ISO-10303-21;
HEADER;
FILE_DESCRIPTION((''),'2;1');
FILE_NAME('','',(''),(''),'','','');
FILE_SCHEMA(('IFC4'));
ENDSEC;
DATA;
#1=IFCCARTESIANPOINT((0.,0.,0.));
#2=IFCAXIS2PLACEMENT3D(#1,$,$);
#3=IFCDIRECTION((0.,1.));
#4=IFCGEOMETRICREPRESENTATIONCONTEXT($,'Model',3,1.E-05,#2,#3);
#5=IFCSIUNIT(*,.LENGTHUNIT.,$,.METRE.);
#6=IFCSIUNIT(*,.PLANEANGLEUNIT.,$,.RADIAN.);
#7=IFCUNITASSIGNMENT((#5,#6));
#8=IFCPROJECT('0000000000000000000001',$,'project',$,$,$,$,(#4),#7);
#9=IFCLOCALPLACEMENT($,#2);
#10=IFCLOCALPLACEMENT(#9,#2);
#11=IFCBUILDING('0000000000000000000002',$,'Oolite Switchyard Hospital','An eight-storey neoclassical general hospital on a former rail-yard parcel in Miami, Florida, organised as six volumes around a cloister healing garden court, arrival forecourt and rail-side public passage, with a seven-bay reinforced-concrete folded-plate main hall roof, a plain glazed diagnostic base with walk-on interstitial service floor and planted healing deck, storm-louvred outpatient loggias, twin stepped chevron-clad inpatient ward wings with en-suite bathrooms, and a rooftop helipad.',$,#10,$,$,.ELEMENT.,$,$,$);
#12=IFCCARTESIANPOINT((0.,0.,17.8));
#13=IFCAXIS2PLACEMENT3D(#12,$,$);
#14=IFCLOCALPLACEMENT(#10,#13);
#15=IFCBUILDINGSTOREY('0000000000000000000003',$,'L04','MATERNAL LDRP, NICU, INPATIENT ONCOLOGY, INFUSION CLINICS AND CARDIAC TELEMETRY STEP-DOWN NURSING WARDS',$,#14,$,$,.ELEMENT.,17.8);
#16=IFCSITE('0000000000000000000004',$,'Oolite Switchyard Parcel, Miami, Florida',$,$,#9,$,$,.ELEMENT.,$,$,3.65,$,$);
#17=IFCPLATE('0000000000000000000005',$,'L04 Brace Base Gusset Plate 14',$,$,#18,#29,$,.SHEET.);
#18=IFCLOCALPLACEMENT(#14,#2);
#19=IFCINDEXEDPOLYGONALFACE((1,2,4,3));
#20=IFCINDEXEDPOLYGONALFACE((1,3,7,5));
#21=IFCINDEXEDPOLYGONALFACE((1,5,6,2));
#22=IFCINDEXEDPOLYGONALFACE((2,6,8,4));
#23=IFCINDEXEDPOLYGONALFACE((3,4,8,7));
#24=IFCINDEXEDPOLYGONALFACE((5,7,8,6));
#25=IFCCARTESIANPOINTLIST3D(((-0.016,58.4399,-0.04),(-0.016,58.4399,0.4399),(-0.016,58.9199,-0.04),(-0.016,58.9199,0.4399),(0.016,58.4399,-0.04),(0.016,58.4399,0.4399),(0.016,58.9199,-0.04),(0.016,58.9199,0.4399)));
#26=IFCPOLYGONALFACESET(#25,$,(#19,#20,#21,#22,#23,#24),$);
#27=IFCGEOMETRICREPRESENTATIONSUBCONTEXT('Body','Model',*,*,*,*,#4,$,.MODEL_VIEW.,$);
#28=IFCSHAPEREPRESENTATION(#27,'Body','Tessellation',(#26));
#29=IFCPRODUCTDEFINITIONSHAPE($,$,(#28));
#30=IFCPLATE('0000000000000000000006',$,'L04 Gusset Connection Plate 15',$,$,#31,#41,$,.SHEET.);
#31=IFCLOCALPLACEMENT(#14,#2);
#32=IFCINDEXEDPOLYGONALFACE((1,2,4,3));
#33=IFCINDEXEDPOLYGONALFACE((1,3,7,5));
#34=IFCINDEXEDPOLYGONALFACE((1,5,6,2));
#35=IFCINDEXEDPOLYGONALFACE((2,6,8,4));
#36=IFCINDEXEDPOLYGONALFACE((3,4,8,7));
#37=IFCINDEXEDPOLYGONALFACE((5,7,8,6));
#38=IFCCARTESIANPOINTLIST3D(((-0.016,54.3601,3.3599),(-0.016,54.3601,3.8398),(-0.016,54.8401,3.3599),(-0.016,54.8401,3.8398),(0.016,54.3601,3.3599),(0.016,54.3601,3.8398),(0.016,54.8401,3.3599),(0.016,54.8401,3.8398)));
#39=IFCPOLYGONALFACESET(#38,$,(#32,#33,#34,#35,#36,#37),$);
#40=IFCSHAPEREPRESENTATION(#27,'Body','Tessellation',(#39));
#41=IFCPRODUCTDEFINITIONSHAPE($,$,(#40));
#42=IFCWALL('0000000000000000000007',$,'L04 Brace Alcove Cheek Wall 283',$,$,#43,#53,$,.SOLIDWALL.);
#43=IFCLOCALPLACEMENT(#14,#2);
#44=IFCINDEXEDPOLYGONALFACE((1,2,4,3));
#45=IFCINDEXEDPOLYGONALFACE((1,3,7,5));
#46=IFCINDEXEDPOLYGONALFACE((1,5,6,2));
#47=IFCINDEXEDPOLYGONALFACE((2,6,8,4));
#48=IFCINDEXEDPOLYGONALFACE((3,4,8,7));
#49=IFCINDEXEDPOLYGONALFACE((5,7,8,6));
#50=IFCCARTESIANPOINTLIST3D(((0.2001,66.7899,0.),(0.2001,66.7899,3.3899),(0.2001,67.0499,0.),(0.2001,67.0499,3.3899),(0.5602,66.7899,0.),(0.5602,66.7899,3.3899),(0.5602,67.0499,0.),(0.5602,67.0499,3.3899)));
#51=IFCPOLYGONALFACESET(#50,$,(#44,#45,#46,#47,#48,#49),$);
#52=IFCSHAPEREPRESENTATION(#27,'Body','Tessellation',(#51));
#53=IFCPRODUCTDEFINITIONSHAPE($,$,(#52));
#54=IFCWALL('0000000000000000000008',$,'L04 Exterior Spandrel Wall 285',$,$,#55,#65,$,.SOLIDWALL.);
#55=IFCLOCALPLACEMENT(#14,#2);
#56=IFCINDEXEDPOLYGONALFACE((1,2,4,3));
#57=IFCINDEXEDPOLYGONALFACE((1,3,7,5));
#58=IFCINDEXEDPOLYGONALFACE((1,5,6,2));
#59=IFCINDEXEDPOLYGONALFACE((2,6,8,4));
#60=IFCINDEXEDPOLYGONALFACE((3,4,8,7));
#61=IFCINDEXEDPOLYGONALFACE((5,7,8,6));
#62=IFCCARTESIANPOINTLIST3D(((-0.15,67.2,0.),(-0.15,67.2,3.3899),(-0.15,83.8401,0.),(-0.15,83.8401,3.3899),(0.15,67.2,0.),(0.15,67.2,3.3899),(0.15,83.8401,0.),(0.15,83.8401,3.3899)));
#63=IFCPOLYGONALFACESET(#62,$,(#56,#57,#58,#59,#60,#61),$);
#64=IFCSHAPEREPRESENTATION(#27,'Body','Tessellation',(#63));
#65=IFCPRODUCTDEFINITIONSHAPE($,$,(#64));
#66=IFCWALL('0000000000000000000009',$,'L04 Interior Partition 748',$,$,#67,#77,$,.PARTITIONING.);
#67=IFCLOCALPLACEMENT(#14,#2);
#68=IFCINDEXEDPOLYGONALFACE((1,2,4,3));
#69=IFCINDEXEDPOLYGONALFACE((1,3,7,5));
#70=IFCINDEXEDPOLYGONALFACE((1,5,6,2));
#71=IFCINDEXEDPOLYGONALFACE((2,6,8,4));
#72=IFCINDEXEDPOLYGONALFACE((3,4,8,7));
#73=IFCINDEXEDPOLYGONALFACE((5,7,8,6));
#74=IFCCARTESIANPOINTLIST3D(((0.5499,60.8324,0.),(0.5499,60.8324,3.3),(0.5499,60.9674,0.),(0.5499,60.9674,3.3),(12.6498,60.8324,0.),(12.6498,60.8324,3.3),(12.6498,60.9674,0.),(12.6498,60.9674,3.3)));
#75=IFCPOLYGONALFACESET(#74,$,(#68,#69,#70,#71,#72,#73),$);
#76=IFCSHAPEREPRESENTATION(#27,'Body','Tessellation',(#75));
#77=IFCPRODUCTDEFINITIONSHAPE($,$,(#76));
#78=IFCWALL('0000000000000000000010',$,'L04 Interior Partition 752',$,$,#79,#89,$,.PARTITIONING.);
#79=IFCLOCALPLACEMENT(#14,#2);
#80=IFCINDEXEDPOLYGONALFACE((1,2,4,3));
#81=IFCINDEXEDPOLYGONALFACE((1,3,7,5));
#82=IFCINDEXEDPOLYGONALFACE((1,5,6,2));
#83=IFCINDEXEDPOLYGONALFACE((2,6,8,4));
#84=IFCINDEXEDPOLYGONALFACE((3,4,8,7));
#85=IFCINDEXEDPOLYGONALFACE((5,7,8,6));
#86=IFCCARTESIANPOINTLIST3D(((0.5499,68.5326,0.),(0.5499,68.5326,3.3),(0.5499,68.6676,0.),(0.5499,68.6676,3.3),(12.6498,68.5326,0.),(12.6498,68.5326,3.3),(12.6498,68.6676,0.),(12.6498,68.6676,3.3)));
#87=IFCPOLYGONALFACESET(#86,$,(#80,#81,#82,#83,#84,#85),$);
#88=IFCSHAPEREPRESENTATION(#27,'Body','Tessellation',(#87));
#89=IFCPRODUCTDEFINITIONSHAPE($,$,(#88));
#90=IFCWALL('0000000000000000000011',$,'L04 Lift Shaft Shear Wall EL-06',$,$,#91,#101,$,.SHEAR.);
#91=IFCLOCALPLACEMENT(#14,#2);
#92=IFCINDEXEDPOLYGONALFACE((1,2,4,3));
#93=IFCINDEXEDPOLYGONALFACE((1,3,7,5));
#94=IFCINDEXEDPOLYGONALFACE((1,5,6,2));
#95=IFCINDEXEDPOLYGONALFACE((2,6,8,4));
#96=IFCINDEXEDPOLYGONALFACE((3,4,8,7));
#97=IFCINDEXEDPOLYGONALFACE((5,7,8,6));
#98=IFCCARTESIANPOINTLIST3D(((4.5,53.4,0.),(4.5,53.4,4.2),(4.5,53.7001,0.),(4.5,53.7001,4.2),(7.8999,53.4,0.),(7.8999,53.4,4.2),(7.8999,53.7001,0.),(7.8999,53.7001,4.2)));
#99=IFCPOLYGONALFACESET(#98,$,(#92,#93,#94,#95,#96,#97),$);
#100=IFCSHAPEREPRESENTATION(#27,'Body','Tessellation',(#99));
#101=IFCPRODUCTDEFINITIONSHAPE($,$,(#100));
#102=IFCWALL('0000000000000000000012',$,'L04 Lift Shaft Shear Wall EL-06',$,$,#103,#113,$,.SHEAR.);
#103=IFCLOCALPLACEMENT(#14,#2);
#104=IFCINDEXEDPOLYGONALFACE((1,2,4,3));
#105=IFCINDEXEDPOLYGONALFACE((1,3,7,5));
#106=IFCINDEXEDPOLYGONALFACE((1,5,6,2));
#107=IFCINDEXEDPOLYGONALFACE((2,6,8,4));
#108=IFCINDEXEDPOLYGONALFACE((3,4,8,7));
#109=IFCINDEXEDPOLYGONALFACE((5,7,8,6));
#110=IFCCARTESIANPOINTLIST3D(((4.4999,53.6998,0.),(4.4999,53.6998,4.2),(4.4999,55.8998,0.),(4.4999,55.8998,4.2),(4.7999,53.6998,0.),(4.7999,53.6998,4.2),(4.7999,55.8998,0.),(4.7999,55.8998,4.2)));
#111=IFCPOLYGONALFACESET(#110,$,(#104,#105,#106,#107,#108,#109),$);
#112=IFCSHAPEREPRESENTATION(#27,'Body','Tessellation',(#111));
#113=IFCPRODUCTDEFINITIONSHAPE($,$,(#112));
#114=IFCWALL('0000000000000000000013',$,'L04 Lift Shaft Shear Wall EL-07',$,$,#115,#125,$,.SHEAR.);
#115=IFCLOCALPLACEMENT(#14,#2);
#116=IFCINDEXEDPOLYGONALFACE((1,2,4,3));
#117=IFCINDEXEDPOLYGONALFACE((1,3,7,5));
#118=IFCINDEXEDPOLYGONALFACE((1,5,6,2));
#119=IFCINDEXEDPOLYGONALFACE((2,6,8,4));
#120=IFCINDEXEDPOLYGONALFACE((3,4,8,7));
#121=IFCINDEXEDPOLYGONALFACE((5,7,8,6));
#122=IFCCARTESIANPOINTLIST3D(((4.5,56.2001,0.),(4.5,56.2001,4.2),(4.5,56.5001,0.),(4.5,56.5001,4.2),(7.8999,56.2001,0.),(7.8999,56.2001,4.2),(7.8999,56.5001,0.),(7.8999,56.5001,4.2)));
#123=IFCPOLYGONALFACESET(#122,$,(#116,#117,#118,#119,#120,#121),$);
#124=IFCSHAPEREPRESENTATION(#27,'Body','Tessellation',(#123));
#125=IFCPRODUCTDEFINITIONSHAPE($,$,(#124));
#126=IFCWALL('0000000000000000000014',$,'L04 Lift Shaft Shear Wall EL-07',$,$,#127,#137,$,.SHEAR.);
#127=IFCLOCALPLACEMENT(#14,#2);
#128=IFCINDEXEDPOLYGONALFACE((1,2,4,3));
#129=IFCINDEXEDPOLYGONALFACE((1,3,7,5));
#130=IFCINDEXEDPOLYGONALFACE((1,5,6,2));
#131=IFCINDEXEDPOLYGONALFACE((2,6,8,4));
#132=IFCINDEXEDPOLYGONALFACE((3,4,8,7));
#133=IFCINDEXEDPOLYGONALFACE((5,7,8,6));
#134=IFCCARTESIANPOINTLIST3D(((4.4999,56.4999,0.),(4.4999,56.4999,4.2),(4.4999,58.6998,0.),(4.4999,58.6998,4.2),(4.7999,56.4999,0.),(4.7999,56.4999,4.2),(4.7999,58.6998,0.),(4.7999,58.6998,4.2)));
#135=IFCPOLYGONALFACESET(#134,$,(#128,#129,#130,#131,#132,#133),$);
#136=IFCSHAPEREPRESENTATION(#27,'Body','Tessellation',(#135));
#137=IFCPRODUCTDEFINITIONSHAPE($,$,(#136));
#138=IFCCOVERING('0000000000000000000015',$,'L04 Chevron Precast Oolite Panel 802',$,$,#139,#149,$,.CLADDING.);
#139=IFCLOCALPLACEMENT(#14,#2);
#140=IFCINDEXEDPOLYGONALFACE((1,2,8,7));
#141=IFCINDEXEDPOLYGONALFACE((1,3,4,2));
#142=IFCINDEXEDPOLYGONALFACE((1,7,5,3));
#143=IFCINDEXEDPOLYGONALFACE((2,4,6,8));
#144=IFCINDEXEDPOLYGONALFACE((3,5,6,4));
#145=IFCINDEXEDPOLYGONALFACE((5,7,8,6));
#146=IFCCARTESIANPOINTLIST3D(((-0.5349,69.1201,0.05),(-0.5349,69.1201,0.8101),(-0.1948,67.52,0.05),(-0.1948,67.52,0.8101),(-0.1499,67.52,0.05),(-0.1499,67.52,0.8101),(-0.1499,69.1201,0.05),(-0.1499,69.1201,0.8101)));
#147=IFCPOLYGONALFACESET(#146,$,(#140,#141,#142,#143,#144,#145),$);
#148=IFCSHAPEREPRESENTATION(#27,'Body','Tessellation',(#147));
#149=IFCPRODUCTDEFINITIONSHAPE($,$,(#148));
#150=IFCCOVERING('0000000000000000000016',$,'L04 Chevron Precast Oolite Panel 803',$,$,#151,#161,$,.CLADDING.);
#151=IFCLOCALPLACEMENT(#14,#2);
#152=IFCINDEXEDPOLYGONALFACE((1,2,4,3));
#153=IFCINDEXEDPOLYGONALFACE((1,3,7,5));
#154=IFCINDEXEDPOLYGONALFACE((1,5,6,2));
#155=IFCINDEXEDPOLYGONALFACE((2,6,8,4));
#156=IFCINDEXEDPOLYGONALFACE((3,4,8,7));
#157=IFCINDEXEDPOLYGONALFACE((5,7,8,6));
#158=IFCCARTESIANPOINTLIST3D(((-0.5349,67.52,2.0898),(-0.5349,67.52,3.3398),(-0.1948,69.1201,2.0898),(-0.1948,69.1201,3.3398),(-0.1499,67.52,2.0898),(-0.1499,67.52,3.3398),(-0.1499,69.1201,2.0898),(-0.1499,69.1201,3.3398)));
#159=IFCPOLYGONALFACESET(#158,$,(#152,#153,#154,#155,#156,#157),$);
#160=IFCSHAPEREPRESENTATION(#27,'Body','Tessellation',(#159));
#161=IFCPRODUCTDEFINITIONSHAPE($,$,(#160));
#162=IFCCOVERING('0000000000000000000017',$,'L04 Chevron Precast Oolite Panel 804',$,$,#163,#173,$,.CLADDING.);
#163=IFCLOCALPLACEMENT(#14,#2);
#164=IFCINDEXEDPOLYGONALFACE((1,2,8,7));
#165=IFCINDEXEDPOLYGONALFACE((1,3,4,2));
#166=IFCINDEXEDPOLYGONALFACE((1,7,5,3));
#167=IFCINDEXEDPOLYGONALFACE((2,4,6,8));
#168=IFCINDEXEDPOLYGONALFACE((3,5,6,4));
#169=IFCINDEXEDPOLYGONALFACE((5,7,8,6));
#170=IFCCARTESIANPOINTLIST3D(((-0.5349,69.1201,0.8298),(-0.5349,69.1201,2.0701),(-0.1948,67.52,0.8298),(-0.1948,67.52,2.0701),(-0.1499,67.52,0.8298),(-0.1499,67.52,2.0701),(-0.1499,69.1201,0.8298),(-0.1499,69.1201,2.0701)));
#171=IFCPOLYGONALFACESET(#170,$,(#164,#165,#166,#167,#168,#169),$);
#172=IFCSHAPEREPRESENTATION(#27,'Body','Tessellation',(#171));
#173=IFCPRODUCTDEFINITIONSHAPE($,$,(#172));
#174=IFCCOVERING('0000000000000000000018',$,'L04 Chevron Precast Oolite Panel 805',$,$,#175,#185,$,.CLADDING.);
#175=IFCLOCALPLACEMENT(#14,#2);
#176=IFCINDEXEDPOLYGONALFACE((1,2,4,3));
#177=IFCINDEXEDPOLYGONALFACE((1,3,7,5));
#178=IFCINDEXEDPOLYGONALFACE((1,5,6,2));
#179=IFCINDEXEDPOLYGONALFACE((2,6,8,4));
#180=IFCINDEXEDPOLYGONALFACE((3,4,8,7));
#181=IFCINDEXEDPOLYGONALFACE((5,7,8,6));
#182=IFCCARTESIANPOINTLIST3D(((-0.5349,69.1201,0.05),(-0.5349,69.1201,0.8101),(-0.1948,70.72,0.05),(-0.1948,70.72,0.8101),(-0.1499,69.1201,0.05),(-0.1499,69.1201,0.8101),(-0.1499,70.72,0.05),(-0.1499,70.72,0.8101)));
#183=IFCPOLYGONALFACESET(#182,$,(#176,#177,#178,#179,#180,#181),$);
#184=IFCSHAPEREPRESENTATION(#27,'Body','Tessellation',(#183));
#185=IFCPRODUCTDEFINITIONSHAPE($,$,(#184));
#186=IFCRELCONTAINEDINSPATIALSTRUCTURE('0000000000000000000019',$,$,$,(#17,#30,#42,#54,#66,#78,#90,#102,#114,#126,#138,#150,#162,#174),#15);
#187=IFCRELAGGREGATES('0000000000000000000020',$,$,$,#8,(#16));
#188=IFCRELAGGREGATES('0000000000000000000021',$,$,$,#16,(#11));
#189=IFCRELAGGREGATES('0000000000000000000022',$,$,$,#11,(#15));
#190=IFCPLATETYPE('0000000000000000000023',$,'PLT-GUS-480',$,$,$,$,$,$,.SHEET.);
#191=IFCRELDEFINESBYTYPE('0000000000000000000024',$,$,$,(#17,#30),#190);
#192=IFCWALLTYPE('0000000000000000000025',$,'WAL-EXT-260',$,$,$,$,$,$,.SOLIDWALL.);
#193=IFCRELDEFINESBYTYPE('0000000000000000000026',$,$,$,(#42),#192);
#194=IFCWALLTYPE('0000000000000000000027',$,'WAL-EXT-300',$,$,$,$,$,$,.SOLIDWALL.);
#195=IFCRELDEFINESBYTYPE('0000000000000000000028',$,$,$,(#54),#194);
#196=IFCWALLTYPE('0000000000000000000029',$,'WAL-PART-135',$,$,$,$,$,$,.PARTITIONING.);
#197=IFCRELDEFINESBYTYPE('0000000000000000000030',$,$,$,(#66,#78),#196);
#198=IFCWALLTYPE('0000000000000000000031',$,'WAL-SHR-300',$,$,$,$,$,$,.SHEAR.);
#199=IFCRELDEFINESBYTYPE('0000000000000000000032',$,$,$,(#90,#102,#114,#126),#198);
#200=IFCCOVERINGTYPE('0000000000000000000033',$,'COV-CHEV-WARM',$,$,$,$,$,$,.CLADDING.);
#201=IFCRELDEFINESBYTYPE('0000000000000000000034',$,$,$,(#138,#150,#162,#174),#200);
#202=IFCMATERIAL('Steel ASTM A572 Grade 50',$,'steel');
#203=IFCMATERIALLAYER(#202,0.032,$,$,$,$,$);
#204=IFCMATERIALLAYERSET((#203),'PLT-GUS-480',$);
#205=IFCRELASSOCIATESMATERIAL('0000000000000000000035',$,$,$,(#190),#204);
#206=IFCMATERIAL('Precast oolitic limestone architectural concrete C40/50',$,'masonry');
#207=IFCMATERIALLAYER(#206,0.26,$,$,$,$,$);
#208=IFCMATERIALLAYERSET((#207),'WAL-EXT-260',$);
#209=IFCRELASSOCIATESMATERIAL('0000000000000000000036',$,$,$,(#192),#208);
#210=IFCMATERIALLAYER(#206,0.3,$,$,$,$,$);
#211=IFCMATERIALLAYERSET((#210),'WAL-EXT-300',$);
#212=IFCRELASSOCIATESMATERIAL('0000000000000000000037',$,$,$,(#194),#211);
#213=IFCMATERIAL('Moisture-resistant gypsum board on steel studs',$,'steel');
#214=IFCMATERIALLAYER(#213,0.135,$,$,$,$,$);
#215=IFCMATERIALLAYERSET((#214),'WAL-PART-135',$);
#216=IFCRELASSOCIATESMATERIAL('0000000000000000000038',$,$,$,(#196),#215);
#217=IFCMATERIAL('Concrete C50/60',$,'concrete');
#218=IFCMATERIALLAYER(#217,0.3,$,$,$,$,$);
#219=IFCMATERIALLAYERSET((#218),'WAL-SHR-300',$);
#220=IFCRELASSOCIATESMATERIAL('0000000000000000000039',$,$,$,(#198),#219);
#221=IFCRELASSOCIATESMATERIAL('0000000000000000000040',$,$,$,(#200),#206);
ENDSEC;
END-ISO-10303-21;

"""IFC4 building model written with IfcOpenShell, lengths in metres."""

from ifc_helpers import new_model, si_unit, direction, frame, frame_2d, origin, origin_2d, place, context, subcontext, project, spatial, polyline, rectangle, outline, extrude, material, layer, layer_set, type_object, element, save


model = new_model("IFC4")

# Units and contexts
model_context = context("Model", 3, precision=1e-05, world=origin(), true_north=direction((0.0, 1.0)))
body_context = subcontext(model_context, "Body", "Model", "MODEL_VIEW")
ifc_project = project(units=[si_unit("LENGTHUNIT", "METRE"), si_unit("PLANEANGLEUNIT", "RADIAN")], contexts=[model_context])

# Site, building, storey
site_placement = place(None, origin())
site = spatial("IfcSite", under=ifc_project, at=site_placement, Name="Oolite Switchyard Parcel, Miami, Florida", CompositionType="ELEMENT", RefElevation=3.65)
building_placement = place(site_placement, origin())
building = spatial("IfcBuilding", under=site, at=building_placement, Name="Oolite Switchyard Hospital", Description="An eight-storey neoclassical general hospital on a former rail-yard parcel in Miami, Florida, organised as six volumes around a cloister healing garden court, arrival forecourt and rail-side public passage, with a seven-bay reinforced-concrete folded-plate main hall roof, a plain glazed diagnostic base with walk-on interstitial service floor and planted healing deck, storm-louvred outpatient loggias, twin stepped chevron-clad inpatient ward wings with en-suite bathrooms, and a rooftop helipad.", CompositionType="ELEMENT")
storey_placement = place(building_placement, frame((0.0, 0.0, 17.8)))
storey = spatial("IfcBuildingStorey", under=building, at=storey_placement, Name="L04", Description="MATERNAL LDRP, NICU, INPATIENT ONCOLOGY, INFUSION CLINICS AND CARDIAC TELEMETRY STEP-DOWN NURSING WARDS", CompositionType="ELEMENT", Elevation=17.8)

# Shared definitions
ifc_material_1 = material(Name="Concrete C50/60", Category="concrete")

# Plates
ifc_material_2 = material(Name="Steel ASTM A572 Grade 50", Category="steel")
ifc_layer_1 = layer(ifc_material_2, 0.032)
ifc_layer_set_1 = layer_set([ifc_layer_1], Name="PLT-GUS-480")
plate_type = type_object("IfcPlateType", Name="PLT-GUS-480", PredefinedType="SHEET", material=ifc_layer_set_1)
for number, where, z_axis, x_axis, name in (
    (1, (0.0, 58.6799, -0.04), (0.0, 0.0, 1.0), (0.0, 1.0, 0.0), "L04 Brace Base Gusset Plate 14"),
    (2, (0.0, 54.6001, 3.3599), (0.0, 0.0, 1.0), (0.0, 1.0, 0.0), "L04 Gusset Connection Plate 15"),
):
    element("IfcPlate", number, at=place(storey_placement, frame(where, z_axis=z_axis, x_axis=x_axis)), inside=storey, type_object=plate_type, Name=name, PredefinedType="SHEET", context=body_context, shape_type="SweptSolid", body=[
        extrude(rectangle(XDim=0.48, YDim=0.032, at=origin_2d()), origin(), (0.0, 0.0, 1.0), 0.48),
    ])

# Walls
ifc_material_3 = material(Name="Precast oolitic limestone architectural concrete C40/50", Category="masonry")
ifc_layer_2 = layer(ifc_material_3, 0.26)
ifc_layer_set_2 = layer_set([ifc_layer_2], Name="WAL-EXT-260")
wall_type_1 = type_object("IfcWallType", Name="WAL-EXT-260", PredefinedType="SOLIDWALL", material=ifc_layer_set_2)
wall_1_placement = place(storey_placement, frame((0.2, 66.9199, 0.0), z_axis=(0.0, 0.0, 1.0), x_axis=(1.0, 0.0, 0.0)))
element("IfcWall", 3, at=wall_1_placement, inside=storey, type_object=wall_type_1, Name="L04 Brace Alcove Cheek Wall 283", PredefinedType="SOLIDWALL", context=body_context, shape_type="SweptSolid", body=[
    extrude(rectangle(XDim=0.3601, YDim=0.26, at=frame_2d((0.1802, 0.0))), origin(), (0.0, 0.0, 1.0), 3.3899),
])
ifc_layer_3 = layer(ifc_material_3, 0.3)
ifc_layer_set_3 = layer_set([ifc_layer_3], Name="WAL-EXT-300")
wall_type_2 = type_object("IfcWallType", Name="WAL-EXT-300", PredefinedType="SOLIDWALL", material=ifc_layer_set_3)
wall_2_placement = place(storey_placement, frame((0.0, 67.2, 0.0), z_axis=(0.0, 0.0, 1.0), x_axis=(0.0, 1.0, 0.0)))
element("IfcWall", 4, at=wall_2_placement, inside=storey, type_object=wall_type_2, Name="L04 Exterior Spandrel Wall 285", PredefinedType="SOLIDWALL", context=body_context, shape_type="SweptSolid", body=[
    extrude(rectangle(XDim=16.6401, YDim=0.3, at=frame_2d((8.3201, 0.0))), origin(), (0.0, 0.0, 1.0), 3.3899),
])
ifc_material_4 = material(Name="Moisture-resistant gypsum board on steel studs", Category="steel")
ifc_layer_4 = layer(ifc_material_4, 0.135)
ifc_layer_set_4 = layer_set([ifc_layer_4], Name="WAL-PART-135")
wall_type_3 = type_object("IfcWallType", Name="WAL-PART-135", PredefinedType="PARTITIONING", material=ifc_layer_set_4)
for number, where, z_axis, x_axis, name in (
    (5, (0.55, 60.8999, 0.0), (0.0, 0.0, 1.0), (1.0, 0.0, 0.0), "L04 Interior Partition 748"),
    (6, (0.55, 68.6001, 0.0), (0.0, 0.0, 1.0), (1.0, 0.0, 0.0), "L04 Interior Partition 752"),
):
    element("IfcWall", number, at=place(storey_placement, frame(where, z_axis=z_axis, x_axis=x_axis)), inside=storey, type_object=wall_type_3, Name=name, PredefinedType="PARTITIONING", context=body_context, shape_type="SweptSolid", body=[
        extrude(rectangle(XDim=12.0999, YDim=0.135, at=frame_2d((6.0498, 0.0))), origin(), (0.0, 0.0, 1.0), 3.3),
    ])
ifc_layer_5 = layer(ifc_material_1, 0.3)
ifc_layer_set_5 = layer_set([ifc_layer_5], Name="WAL-SHR-300")
wall_type_4 = type_object("IfcWallType", Name="WAL-SHR-300", PredefinedType="SHEAR", material=ifc_layer_set_5)
wall_3_placement = place(storey_placement, frame((4.5, 53.55, 0.0), z_axis=(0.0, 0.0, 1.0), x_axis=(1.0, 0.0, 0.0)))
element("IfcWall", 7, at=wall_3_placement, inside=storey, type_object=wall_type_4, Name="L04 Lift Shaft Shear Wall EL-06", PredefinedType="SHEAR", context=body_context, shape_type="SweptSolid", body=[
    extrude(rectangle(XDim=3.3999, YDim=0.3, at=frame_2d((1.7, 0.0))), origin(), (0.0, 0.0, 1.0), 4.2),
])
wall_4_placement = place(storey_placement, frame((4.6499, 55.8999, 0.0), z_axis=(0.0, 0.0, 1.0), x_axis=(0.0, -1.0, 0.0)))
element("IfcWall", 8, at=wall_4_placement, inside=storey, type_object=wall_type_4, Name="L04 Lift Shaft Shear Wall EL-06", PredefinedType="SHEAR", context=body_context, shape_type="SweptSolid", body=[
    extrude(rectangle(XDim=2.2, YDim=0.3, at=frame_2d((1.1001, 0.0))), origin(), (0.0, 0.0, 1.0), 4.2),
])
wall_5_placement = place(storey_placement, frame((4.5, 56.3501, 0.0), z_axis=(0.0, 0.0, 1.0), x_axis=(1.0, 0.0, 0.0)))
element("IfcWall", 9, at=wall_5_placement, inside=storey, type_object=wall_type_4, Name="L04 Lift Shaft Shear Wall EL-07", PredefinedType="SHEAR", context=body_context, shape_type="SweptSolid", body=[
    extrude(rectangle(XDim=3.3999, YDim=0.3, at=frame_2d((1.7, 0.0))), origin(), (0.0, 0.0, 1.0), 4.2),
])
wall_6_placement = place(storey_placement, frame((4.6499, 58.7, 0.0), z_axis=(0.0, 0.0, 1.0), x_axis=(0.0, -1.0, 0.0)))
element("IfcWall", 10, at=wall_6_placement, inside=storey, type_object=wall_type_4, Name="L04 Lift Shaft Shear Wall EL-07", PredefinedType="SHEAR", context=body_context, shape_type="SweptSolid", body=[
    extrude(rectangle(XDim=2.2, YDim=0.3, at=frame_2d((1.1001, 0.0))), origin(), (0.0, 0.0, 1.0), 4.2),
])

# Coverings
covering_type = type_object("IfcCoveringType", Name="COV-CHEV-WARM", PredefinedType="CLADDING", material=ifc_material_3)
covering_1_placement = place(storey_placement, frame((-0.1499, 67.52, 0.05), z_axis=(0.0, 0.0, 1.0), x_axis=(0.0, 1.0, 0.0)))
element("IfcCovering", 11, at=covering_1_placement, inside=storey, type_object=covering_type, Name="L04 Chevron Precast Oolite Panel 802", PredefinedType="CLADDING", context=body_context, shape_type="SweptSolid", body=[
    extrude(outline(polyline([(0.0, 0.0), (1.6001, 0.0), (1.6001, 0.385), (0.0, 0.0449), (0.0, 0.0)])), origin(), (0.0, 0.0, 1.0), 0.76),
])
covering_2_placement = place(storey_placement, frame((-0.1499, 67.52, 2.0898), z_axis=(0.0, 0.0, 1.0), x_axis=(0.0, 1.0, 0.0)))
element("IfcCovering", 12, at=covering_2_placement, inside=storey, type_object=covering_type, Name="L04 Chevron Precast Oolite Panel 803", PredefinedType="CLADDING", context=body_context, shape_type="SweptSolid", body=[
    extrude(outline(polyline([(0.0, 0.0), (1.6001, 0.0), (1.6001, 0.0449), (0.0, 0.385), (0.0, 0.0)])), origin(), (0.0, 0.0, 1.0), 1.25),
])
covering_3_placement = place(storey_placement, frame((-0.1499, 67.52, 0.8298), z_axis=(0.0, 0.0, 1.0), x_axis=(0.0, 1.0, 0.0)))
element("IfcCovering", 13, at=covering_3_placement, inside=storey, type_object=covering_type, Name="L04 Chevron Precast Oolite Panel 804", PredefinedType="CLADDING", context=body_context, shape_type="SweptSolid", body=[
    extrude(outline(polyline([(0.0, 0.0), (1.6001, 0.0), (1.6001, 0.385), (0.0, 0.0449), (0.0, 0.0)])), origin(), (0.0, 0.0, 1.0), 1.2402),
])
covering_4_placement = place(storey_placement, frame((-0.1499, 69.1201, 0.05), z_axis=(0.0, 0.0, 1.0), x_axis=(0.0, 1.0, 0.0)))
element("IfcCovering", 14, at=covering_4_placement, inside=storey, type_object=covering_type, Name="L04 Chevron Precast Oolite Panel 805", PredefinedType="CLADDING", context=body_context, shape_type="SweptSolid", body=[
    extrude(outline(polyline([(0.0, 0.0), (1.5999, 0.0), (1.5999, 0.0449), (0.0, 0.385), (0.0, 0.0)])), origin(), (0.0, 0.0, 1.0), 0.76),
])

save(model, "model.ifc")
